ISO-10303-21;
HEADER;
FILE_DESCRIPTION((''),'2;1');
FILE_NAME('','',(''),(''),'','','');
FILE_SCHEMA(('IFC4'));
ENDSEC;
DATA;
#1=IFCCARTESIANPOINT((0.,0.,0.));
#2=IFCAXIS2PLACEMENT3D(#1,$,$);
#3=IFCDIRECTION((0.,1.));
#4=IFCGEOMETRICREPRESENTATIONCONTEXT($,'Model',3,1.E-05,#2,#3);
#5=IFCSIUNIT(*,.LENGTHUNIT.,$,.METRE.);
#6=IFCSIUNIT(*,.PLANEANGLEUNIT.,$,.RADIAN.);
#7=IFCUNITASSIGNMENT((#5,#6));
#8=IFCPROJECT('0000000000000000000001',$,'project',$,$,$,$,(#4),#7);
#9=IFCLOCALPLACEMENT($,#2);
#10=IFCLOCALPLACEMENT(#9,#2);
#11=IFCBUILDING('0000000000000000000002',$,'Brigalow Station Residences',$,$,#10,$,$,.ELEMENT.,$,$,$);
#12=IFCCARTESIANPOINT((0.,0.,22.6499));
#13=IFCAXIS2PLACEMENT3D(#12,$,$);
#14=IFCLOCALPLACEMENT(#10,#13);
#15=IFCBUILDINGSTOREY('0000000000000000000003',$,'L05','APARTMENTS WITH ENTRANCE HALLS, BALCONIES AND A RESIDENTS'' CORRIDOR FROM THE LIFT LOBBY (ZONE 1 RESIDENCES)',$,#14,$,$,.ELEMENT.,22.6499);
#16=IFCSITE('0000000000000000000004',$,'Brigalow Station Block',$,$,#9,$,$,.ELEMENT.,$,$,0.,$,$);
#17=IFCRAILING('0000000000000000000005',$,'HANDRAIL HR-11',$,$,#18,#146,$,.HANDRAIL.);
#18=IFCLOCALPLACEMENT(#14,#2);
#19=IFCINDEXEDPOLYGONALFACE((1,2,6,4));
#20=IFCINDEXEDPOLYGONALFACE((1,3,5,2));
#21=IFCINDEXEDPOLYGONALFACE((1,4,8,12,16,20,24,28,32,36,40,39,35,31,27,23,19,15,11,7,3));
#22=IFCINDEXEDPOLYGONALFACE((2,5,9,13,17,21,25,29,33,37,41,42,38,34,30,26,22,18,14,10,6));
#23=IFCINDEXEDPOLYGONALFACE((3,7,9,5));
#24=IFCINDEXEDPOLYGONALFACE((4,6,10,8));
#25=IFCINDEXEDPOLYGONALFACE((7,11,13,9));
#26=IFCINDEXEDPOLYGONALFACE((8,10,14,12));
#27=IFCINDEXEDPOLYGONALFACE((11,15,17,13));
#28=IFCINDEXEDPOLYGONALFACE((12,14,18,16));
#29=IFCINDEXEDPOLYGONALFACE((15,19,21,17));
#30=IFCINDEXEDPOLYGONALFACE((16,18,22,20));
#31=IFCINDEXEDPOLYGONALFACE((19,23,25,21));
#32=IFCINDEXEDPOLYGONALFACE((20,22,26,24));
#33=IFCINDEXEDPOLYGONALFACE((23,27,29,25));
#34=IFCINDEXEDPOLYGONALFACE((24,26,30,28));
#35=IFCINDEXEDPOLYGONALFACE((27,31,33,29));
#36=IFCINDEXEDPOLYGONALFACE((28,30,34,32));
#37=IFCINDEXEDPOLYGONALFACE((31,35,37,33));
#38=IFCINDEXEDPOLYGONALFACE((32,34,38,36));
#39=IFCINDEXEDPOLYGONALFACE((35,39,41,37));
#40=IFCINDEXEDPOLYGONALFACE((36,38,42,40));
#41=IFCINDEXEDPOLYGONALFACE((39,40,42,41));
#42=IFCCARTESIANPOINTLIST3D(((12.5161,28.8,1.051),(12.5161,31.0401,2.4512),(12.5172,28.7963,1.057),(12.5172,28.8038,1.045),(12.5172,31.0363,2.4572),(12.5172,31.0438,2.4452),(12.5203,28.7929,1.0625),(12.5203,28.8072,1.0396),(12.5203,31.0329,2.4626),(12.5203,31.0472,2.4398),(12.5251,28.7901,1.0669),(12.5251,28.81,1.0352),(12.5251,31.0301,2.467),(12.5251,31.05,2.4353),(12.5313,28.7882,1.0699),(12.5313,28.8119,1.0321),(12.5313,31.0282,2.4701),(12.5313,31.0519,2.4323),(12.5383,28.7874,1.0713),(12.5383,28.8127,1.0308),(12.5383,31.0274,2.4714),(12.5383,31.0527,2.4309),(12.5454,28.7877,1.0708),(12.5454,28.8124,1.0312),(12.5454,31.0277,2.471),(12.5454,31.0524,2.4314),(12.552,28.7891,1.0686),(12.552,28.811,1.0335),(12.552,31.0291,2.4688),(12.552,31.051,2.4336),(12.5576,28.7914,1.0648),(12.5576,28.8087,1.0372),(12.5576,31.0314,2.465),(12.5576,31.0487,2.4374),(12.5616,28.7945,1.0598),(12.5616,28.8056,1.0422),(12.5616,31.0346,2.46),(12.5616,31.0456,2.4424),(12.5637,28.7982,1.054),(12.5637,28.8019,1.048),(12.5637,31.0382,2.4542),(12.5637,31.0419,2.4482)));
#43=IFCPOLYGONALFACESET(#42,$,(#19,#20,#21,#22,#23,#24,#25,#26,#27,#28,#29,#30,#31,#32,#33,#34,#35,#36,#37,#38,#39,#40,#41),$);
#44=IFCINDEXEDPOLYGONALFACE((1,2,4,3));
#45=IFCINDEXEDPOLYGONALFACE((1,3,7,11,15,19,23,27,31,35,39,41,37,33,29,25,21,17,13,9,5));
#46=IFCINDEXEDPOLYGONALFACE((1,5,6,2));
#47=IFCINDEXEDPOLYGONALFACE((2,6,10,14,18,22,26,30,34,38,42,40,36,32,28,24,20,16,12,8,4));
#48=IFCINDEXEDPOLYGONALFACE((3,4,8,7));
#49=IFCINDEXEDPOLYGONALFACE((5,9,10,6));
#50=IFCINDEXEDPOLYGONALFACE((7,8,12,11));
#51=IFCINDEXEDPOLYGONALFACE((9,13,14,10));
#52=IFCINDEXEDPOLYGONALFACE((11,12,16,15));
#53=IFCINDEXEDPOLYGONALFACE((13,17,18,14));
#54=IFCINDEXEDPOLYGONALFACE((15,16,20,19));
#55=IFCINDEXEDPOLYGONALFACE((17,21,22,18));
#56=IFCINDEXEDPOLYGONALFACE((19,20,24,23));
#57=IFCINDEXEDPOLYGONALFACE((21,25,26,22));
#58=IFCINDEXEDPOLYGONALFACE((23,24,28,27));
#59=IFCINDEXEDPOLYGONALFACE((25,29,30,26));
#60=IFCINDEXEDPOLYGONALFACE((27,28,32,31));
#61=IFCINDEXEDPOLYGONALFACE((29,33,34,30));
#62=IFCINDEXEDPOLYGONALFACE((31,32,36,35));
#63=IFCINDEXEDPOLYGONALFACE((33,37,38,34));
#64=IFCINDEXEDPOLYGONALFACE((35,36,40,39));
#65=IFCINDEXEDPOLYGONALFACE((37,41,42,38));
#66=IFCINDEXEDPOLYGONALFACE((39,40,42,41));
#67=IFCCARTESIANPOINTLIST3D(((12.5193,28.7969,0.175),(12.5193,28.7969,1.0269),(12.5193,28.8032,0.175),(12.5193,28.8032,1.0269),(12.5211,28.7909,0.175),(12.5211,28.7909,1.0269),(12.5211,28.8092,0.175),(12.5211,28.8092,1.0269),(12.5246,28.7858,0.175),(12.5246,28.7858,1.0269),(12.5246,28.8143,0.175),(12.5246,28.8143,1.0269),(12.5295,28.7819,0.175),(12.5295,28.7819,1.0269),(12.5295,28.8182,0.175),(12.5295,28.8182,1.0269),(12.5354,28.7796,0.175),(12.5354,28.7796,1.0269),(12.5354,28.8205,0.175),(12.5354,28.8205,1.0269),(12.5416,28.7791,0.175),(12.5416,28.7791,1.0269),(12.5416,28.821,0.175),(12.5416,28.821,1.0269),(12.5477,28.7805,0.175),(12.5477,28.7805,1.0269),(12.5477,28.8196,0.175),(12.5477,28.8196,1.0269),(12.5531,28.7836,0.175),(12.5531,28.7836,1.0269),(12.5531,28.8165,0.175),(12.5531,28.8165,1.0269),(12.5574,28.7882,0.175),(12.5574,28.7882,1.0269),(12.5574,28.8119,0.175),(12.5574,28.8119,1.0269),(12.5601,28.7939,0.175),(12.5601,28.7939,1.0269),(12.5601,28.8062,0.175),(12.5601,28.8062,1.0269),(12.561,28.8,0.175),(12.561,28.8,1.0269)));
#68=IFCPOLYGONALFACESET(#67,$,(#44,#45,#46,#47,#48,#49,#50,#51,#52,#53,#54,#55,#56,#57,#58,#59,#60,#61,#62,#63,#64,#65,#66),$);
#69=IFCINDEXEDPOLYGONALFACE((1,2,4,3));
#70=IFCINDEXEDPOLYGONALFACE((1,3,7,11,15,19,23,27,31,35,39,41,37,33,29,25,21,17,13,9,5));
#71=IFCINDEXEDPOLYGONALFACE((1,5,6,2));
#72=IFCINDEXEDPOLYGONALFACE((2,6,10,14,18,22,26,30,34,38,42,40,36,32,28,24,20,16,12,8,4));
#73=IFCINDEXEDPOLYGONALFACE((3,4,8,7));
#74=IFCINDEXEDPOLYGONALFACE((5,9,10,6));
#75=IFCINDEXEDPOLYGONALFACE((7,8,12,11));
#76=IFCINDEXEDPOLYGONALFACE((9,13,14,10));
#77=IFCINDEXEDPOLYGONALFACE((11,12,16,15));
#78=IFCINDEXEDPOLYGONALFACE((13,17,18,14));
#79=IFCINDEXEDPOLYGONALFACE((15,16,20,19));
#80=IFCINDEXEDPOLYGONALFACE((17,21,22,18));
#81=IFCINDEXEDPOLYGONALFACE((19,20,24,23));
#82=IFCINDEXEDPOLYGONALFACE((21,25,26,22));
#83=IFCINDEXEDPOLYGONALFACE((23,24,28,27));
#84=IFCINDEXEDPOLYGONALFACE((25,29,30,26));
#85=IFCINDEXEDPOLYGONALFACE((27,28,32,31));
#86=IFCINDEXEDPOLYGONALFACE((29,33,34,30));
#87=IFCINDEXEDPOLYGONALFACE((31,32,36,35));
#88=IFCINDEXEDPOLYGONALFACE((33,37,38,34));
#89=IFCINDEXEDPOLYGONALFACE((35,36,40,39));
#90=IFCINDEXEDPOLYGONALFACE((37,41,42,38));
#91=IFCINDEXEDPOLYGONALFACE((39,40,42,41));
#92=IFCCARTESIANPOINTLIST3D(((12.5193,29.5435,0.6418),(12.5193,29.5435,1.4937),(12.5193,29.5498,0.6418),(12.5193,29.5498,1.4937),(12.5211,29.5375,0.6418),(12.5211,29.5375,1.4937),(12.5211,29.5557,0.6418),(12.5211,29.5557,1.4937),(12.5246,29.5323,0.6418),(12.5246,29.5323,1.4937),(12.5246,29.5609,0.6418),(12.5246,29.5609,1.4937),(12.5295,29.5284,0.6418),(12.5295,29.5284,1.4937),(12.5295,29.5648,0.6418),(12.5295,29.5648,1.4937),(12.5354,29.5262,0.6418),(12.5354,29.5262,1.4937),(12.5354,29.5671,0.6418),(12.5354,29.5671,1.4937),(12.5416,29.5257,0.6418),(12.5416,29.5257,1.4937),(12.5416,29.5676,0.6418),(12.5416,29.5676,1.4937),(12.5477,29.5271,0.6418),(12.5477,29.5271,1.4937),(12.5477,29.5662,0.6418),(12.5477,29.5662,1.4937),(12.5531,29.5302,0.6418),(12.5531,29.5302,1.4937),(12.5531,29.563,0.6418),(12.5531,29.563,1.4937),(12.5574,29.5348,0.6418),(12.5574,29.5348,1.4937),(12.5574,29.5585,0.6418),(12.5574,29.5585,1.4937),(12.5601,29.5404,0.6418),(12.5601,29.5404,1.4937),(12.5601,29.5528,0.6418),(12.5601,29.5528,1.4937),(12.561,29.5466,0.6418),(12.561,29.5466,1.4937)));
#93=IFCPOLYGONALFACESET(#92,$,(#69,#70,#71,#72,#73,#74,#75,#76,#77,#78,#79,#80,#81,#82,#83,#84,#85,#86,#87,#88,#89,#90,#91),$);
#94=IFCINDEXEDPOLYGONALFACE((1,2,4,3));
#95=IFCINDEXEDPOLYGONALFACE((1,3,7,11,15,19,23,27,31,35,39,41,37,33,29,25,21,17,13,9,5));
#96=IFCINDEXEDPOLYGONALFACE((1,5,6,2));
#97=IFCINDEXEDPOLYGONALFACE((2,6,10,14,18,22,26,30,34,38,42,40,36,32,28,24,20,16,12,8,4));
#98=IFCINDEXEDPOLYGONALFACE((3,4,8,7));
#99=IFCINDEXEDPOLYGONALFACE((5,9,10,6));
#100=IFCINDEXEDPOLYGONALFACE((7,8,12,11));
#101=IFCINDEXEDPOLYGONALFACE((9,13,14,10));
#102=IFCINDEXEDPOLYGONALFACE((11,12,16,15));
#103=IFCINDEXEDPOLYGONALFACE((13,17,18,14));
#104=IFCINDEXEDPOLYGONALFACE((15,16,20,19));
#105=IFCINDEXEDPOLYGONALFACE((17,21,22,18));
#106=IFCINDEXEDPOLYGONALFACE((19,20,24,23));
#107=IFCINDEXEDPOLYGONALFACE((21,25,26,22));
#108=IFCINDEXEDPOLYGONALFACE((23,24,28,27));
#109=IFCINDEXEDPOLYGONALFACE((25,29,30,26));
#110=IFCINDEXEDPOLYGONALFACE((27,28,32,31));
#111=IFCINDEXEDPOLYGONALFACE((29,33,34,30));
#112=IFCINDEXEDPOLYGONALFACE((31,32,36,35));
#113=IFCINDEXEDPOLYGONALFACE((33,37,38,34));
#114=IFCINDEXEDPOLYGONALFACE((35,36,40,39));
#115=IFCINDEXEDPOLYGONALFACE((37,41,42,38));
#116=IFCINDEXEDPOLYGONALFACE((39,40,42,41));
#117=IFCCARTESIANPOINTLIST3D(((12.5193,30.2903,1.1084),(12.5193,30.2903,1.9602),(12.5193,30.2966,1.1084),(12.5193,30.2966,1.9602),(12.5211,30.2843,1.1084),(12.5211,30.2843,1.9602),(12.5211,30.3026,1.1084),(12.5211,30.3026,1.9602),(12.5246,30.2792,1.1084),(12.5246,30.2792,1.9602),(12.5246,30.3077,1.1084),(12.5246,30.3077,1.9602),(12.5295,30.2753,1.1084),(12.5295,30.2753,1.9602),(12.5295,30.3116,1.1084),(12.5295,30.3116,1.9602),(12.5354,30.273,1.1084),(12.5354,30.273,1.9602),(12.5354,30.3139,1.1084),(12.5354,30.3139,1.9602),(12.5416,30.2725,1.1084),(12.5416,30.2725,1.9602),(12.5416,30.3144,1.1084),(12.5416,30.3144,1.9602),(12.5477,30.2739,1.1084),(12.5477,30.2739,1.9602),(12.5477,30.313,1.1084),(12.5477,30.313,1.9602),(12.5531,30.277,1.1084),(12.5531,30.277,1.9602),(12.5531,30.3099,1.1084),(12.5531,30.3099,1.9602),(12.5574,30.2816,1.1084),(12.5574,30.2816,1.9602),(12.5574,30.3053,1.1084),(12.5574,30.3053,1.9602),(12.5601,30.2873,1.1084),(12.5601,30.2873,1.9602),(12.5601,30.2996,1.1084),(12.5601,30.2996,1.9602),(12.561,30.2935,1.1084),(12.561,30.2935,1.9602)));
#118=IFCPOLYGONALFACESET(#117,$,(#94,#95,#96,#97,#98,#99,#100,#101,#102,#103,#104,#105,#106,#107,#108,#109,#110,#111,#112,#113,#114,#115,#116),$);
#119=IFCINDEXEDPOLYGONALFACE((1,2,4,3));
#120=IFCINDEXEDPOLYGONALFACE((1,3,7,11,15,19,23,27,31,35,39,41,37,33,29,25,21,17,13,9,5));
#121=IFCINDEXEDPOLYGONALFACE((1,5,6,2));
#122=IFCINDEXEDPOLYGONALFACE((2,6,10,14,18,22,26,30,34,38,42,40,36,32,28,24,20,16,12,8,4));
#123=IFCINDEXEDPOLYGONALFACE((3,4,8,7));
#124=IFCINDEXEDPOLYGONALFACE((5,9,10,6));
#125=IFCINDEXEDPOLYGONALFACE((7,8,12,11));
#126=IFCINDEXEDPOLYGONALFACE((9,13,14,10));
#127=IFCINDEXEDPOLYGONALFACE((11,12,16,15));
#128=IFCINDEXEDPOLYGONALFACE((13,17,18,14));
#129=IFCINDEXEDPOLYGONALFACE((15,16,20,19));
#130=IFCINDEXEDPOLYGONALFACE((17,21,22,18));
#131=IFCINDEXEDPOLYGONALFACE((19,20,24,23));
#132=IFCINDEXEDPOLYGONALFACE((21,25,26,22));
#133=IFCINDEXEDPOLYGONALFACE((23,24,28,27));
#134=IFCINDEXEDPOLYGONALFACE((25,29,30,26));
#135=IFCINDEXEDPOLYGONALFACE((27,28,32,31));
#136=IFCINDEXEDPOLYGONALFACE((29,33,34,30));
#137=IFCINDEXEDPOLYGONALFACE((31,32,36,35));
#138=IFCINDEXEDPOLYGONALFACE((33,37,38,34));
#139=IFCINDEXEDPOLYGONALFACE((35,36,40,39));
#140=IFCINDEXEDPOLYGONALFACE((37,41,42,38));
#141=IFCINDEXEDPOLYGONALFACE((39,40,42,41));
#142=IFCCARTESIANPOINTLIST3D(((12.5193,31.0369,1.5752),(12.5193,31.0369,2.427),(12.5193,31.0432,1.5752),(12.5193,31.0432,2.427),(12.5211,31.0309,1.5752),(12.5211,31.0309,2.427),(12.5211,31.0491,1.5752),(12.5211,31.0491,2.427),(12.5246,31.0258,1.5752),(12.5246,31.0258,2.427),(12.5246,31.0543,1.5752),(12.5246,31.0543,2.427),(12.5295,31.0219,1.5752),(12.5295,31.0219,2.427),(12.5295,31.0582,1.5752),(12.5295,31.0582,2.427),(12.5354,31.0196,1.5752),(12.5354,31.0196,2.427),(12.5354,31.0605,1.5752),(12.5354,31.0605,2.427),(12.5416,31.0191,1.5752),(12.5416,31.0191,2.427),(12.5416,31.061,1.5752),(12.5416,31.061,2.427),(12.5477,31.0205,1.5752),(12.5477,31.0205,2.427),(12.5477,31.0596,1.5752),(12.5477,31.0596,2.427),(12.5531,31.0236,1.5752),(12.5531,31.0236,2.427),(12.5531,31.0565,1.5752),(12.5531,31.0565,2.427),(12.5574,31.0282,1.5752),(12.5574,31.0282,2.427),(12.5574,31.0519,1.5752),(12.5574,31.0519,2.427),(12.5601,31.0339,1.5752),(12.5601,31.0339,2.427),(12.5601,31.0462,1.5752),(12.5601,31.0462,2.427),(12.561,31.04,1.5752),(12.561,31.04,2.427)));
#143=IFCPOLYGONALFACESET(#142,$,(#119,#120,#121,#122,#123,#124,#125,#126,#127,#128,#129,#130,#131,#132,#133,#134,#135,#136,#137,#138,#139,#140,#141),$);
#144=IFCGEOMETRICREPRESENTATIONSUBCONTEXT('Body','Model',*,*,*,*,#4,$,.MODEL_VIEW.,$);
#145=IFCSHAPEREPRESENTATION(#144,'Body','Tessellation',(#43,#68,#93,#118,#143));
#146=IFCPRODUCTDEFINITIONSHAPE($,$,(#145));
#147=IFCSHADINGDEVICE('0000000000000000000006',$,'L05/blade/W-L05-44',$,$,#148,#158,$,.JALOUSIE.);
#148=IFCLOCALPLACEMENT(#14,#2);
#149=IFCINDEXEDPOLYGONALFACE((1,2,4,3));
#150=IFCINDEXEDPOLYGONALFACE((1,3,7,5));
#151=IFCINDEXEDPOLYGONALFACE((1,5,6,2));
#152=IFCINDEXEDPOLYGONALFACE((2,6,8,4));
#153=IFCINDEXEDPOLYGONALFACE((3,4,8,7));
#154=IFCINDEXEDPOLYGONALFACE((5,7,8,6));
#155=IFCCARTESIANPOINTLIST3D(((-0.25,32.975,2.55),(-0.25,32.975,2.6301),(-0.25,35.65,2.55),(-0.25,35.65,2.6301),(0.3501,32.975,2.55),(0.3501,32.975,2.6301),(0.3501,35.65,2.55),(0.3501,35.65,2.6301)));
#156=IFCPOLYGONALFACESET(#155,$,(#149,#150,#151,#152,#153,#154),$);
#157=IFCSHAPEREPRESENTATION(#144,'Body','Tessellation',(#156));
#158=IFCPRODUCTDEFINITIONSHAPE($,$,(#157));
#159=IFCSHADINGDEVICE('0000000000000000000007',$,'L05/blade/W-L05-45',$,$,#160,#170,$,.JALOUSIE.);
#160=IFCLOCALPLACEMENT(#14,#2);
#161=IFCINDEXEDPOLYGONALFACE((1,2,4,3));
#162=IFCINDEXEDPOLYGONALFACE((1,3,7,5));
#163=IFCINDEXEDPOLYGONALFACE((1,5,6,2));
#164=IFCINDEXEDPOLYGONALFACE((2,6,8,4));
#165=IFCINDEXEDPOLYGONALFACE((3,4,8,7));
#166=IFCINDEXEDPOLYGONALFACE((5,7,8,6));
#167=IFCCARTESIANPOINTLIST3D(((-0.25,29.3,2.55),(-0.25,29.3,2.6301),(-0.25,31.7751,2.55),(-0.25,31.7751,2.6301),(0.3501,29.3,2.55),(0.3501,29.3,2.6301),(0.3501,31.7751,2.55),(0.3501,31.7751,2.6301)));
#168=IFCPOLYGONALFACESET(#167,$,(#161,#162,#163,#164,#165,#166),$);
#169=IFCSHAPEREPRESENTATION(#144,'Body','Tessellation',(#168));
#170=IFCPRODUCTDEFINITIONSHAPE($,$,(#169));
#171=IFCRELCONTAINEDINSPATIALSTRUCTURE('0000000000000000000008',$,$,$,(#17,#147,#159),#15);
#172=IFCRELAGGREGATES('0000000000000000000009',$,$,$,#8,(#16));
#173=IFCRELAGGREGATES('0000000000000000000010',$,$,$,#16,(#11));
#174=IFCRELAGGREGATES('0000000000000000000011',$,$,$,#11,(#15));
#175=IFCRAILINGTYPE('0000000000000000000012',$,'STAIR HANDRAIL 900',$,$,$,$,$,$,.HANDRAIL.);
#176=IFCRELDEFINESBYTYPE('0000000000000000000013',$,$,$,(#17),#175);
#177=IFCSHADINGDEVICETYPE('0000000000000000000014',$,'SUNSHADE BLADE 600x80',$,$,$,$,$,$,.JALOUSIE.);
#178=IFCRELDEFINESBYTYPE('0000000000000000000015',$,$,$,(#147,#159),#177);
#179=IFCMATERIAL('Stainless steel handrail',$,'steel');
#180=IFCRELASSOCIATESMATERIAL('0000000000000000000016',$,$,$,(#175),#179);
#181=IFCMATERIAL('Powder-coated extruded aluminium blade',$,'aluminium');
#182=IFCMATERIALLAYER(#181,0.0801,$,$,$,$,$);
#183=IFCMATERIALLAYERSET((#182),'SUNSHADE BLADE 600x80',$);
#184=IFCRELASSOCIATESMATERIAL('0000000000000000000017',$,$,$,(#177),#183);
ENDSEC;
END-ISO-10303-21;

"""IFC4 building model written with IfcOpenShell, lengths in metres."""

from ifc_helpers import new_model, si_unit, direction, frame, origin, origin_2d, place, context, subcontext, project, spatial, rectangle, circle, extrude, material, layer, layer_set, type_object, element, save


model = new_model("IFC4")

# Units and contexts
model_context = context("Model", 3, precision=1e-05, world=origin(), true_north=direction((0.0, 1.0)))
body_context = subcontext(model_context, "Body", "Model", "MODEL_VIEW")
ifc_project = project(units=[si_unit("LENGTHUNIT", "METRE"), si_unit("PLANEANGLEUNIT", "RADIAN")], contexts=[model_context])

# Site, building, storey
site_placement = place(None, origin())
site = spatial("IfcSite", under=ifc_project, at=site_placement, Name="Brigalow Station Block", CompositionType="ELEMENT", RefElevation=0.0)
building_placement = place(site_placement, origin())
building = spatial("IfcBuilding", under=site, at=building_placement, Name="Brigalow Station Residences", CompositionType="ELEMENT")
storey_placement = place(building_placement, frame((0.0, 0.0, 22.6499)))
storey = spatial("IfcBuildingStorey", under=building, at=storey_placement, Name="L05", Description="APARTMENTS WITH ENTRANCE HALLS, BALCONIES AND A RESIDENTS' CORRIDOR FROM THE LIFT LOBBY (ZONE 1 RESIDENCES)", CompositionType="ELEMENT", Elevation=22.6499)

# Railing
ifc_material_1 = material(Name="Stainless steel handrail", Category="steel")
railing_type_1 = type_object("IfcRailingType", Name="STAIR HANDRAIL 900", PredefinedType="HANDRAIL", material=ifc_material_1)
railing_1_placement = place(storey_placement, frame((12.54, 28.8, 0.175)))
element("IfcRailing", 1, at=railing_1_placement, inside=storey, type_object=railing_type_1, Name="HANDRAIL HR-11", PredefinedType="HANDRAIL", context=body_context, shape_type="SweptSolid", body=[
    extrude(circle(Radius=0.0239, at=origin_2d()), frame((0.0, 0.0, 0.876), z_axis=(0.0, 0.847972, 0.53004), x_axis=(-1.0, 0.0, 0.0)), (0.0, 0.0, 1.0), 2.6416),
    extrude(circle(Radius=0.021, at=origin_2d()), origin(), (0.0, 0.0, 1.0), 0.8518),
    extrude(circle(Radius=0.021, at=origin_2d()), frame((0.0, 0.7466, 0.4668)), (0.0, 0.0, 1.0), 0.8518),
    extrude(circle(Radius=0.021, at=origin_2d()), frame((0.0, 1.4934, 0.9333)), (0.0, 0.0, 1.0), 0.8518),
    extrude(circle(Radius=0.021, at=origin_2d()), frame((0.0, 2.24, 1.4001)), (0.0, 0.0, 1.0), 0.8518),
])

# Shading devices
ifc_material_2 = material(Name="Powder-coated extruded aluminium blade", Category="aluminium")
ifc_layer_1 = layer(ifc_material_2, 0.0801)
ifc_layer_set_1 = layer_set([ifc_layer_1], Name="SUNSHADE BLADE 600x80")
shading_device_type = type_object("IfcShadingDeviceType", Name="SUNSHADE BLADE 600x80", PredefinedType="JALOUSIE", material=ifc_layer_set_1)
shading_device_1_placement = place(storey_placement, frame((0.05, 34.3125, 2.55), z_axis=(0.0, 0.0, 1.0), x_axis=(0.0, -1.0, 0.0)))
element("IfcShadingDevice", 2, at=shading_device_1_placement, inside=storey, type_object=shading_device_type, Name="L05/blade/W-L05-44", PredefinedType="JALOUSIE", context=body_context, shape_type="SweptSolid", body=[
    extrude(rectangle(XDim=2.675, YDim=0.6001, at=origin_2d()), origin(), (0.0, 0.0, 1.0), 0.0801),
])
shading_device_2_placement = place(storey_placement, frame((0.05, 30.5376, 2.55), z_axis=(0.0, 0.0, 1.0), x_axis=(0.0, -1.0, 0.0)))
element("IfcShadingDevice", 3, at=shading_device_2_placement, inside=storey, type_object=shading_device_type, Name="L05/blade/W-L05-45", PredefinedType="JALOUSIE", context=body_context, shape_type="SweptSolid", body=[
    extrude(rectangle(XDim=2.4751, YDim=0.6001, at=origin_2d()), origin(), (0.0, 0.0, 1.0), 0.0801),
])

save(model, "model.ifc")
